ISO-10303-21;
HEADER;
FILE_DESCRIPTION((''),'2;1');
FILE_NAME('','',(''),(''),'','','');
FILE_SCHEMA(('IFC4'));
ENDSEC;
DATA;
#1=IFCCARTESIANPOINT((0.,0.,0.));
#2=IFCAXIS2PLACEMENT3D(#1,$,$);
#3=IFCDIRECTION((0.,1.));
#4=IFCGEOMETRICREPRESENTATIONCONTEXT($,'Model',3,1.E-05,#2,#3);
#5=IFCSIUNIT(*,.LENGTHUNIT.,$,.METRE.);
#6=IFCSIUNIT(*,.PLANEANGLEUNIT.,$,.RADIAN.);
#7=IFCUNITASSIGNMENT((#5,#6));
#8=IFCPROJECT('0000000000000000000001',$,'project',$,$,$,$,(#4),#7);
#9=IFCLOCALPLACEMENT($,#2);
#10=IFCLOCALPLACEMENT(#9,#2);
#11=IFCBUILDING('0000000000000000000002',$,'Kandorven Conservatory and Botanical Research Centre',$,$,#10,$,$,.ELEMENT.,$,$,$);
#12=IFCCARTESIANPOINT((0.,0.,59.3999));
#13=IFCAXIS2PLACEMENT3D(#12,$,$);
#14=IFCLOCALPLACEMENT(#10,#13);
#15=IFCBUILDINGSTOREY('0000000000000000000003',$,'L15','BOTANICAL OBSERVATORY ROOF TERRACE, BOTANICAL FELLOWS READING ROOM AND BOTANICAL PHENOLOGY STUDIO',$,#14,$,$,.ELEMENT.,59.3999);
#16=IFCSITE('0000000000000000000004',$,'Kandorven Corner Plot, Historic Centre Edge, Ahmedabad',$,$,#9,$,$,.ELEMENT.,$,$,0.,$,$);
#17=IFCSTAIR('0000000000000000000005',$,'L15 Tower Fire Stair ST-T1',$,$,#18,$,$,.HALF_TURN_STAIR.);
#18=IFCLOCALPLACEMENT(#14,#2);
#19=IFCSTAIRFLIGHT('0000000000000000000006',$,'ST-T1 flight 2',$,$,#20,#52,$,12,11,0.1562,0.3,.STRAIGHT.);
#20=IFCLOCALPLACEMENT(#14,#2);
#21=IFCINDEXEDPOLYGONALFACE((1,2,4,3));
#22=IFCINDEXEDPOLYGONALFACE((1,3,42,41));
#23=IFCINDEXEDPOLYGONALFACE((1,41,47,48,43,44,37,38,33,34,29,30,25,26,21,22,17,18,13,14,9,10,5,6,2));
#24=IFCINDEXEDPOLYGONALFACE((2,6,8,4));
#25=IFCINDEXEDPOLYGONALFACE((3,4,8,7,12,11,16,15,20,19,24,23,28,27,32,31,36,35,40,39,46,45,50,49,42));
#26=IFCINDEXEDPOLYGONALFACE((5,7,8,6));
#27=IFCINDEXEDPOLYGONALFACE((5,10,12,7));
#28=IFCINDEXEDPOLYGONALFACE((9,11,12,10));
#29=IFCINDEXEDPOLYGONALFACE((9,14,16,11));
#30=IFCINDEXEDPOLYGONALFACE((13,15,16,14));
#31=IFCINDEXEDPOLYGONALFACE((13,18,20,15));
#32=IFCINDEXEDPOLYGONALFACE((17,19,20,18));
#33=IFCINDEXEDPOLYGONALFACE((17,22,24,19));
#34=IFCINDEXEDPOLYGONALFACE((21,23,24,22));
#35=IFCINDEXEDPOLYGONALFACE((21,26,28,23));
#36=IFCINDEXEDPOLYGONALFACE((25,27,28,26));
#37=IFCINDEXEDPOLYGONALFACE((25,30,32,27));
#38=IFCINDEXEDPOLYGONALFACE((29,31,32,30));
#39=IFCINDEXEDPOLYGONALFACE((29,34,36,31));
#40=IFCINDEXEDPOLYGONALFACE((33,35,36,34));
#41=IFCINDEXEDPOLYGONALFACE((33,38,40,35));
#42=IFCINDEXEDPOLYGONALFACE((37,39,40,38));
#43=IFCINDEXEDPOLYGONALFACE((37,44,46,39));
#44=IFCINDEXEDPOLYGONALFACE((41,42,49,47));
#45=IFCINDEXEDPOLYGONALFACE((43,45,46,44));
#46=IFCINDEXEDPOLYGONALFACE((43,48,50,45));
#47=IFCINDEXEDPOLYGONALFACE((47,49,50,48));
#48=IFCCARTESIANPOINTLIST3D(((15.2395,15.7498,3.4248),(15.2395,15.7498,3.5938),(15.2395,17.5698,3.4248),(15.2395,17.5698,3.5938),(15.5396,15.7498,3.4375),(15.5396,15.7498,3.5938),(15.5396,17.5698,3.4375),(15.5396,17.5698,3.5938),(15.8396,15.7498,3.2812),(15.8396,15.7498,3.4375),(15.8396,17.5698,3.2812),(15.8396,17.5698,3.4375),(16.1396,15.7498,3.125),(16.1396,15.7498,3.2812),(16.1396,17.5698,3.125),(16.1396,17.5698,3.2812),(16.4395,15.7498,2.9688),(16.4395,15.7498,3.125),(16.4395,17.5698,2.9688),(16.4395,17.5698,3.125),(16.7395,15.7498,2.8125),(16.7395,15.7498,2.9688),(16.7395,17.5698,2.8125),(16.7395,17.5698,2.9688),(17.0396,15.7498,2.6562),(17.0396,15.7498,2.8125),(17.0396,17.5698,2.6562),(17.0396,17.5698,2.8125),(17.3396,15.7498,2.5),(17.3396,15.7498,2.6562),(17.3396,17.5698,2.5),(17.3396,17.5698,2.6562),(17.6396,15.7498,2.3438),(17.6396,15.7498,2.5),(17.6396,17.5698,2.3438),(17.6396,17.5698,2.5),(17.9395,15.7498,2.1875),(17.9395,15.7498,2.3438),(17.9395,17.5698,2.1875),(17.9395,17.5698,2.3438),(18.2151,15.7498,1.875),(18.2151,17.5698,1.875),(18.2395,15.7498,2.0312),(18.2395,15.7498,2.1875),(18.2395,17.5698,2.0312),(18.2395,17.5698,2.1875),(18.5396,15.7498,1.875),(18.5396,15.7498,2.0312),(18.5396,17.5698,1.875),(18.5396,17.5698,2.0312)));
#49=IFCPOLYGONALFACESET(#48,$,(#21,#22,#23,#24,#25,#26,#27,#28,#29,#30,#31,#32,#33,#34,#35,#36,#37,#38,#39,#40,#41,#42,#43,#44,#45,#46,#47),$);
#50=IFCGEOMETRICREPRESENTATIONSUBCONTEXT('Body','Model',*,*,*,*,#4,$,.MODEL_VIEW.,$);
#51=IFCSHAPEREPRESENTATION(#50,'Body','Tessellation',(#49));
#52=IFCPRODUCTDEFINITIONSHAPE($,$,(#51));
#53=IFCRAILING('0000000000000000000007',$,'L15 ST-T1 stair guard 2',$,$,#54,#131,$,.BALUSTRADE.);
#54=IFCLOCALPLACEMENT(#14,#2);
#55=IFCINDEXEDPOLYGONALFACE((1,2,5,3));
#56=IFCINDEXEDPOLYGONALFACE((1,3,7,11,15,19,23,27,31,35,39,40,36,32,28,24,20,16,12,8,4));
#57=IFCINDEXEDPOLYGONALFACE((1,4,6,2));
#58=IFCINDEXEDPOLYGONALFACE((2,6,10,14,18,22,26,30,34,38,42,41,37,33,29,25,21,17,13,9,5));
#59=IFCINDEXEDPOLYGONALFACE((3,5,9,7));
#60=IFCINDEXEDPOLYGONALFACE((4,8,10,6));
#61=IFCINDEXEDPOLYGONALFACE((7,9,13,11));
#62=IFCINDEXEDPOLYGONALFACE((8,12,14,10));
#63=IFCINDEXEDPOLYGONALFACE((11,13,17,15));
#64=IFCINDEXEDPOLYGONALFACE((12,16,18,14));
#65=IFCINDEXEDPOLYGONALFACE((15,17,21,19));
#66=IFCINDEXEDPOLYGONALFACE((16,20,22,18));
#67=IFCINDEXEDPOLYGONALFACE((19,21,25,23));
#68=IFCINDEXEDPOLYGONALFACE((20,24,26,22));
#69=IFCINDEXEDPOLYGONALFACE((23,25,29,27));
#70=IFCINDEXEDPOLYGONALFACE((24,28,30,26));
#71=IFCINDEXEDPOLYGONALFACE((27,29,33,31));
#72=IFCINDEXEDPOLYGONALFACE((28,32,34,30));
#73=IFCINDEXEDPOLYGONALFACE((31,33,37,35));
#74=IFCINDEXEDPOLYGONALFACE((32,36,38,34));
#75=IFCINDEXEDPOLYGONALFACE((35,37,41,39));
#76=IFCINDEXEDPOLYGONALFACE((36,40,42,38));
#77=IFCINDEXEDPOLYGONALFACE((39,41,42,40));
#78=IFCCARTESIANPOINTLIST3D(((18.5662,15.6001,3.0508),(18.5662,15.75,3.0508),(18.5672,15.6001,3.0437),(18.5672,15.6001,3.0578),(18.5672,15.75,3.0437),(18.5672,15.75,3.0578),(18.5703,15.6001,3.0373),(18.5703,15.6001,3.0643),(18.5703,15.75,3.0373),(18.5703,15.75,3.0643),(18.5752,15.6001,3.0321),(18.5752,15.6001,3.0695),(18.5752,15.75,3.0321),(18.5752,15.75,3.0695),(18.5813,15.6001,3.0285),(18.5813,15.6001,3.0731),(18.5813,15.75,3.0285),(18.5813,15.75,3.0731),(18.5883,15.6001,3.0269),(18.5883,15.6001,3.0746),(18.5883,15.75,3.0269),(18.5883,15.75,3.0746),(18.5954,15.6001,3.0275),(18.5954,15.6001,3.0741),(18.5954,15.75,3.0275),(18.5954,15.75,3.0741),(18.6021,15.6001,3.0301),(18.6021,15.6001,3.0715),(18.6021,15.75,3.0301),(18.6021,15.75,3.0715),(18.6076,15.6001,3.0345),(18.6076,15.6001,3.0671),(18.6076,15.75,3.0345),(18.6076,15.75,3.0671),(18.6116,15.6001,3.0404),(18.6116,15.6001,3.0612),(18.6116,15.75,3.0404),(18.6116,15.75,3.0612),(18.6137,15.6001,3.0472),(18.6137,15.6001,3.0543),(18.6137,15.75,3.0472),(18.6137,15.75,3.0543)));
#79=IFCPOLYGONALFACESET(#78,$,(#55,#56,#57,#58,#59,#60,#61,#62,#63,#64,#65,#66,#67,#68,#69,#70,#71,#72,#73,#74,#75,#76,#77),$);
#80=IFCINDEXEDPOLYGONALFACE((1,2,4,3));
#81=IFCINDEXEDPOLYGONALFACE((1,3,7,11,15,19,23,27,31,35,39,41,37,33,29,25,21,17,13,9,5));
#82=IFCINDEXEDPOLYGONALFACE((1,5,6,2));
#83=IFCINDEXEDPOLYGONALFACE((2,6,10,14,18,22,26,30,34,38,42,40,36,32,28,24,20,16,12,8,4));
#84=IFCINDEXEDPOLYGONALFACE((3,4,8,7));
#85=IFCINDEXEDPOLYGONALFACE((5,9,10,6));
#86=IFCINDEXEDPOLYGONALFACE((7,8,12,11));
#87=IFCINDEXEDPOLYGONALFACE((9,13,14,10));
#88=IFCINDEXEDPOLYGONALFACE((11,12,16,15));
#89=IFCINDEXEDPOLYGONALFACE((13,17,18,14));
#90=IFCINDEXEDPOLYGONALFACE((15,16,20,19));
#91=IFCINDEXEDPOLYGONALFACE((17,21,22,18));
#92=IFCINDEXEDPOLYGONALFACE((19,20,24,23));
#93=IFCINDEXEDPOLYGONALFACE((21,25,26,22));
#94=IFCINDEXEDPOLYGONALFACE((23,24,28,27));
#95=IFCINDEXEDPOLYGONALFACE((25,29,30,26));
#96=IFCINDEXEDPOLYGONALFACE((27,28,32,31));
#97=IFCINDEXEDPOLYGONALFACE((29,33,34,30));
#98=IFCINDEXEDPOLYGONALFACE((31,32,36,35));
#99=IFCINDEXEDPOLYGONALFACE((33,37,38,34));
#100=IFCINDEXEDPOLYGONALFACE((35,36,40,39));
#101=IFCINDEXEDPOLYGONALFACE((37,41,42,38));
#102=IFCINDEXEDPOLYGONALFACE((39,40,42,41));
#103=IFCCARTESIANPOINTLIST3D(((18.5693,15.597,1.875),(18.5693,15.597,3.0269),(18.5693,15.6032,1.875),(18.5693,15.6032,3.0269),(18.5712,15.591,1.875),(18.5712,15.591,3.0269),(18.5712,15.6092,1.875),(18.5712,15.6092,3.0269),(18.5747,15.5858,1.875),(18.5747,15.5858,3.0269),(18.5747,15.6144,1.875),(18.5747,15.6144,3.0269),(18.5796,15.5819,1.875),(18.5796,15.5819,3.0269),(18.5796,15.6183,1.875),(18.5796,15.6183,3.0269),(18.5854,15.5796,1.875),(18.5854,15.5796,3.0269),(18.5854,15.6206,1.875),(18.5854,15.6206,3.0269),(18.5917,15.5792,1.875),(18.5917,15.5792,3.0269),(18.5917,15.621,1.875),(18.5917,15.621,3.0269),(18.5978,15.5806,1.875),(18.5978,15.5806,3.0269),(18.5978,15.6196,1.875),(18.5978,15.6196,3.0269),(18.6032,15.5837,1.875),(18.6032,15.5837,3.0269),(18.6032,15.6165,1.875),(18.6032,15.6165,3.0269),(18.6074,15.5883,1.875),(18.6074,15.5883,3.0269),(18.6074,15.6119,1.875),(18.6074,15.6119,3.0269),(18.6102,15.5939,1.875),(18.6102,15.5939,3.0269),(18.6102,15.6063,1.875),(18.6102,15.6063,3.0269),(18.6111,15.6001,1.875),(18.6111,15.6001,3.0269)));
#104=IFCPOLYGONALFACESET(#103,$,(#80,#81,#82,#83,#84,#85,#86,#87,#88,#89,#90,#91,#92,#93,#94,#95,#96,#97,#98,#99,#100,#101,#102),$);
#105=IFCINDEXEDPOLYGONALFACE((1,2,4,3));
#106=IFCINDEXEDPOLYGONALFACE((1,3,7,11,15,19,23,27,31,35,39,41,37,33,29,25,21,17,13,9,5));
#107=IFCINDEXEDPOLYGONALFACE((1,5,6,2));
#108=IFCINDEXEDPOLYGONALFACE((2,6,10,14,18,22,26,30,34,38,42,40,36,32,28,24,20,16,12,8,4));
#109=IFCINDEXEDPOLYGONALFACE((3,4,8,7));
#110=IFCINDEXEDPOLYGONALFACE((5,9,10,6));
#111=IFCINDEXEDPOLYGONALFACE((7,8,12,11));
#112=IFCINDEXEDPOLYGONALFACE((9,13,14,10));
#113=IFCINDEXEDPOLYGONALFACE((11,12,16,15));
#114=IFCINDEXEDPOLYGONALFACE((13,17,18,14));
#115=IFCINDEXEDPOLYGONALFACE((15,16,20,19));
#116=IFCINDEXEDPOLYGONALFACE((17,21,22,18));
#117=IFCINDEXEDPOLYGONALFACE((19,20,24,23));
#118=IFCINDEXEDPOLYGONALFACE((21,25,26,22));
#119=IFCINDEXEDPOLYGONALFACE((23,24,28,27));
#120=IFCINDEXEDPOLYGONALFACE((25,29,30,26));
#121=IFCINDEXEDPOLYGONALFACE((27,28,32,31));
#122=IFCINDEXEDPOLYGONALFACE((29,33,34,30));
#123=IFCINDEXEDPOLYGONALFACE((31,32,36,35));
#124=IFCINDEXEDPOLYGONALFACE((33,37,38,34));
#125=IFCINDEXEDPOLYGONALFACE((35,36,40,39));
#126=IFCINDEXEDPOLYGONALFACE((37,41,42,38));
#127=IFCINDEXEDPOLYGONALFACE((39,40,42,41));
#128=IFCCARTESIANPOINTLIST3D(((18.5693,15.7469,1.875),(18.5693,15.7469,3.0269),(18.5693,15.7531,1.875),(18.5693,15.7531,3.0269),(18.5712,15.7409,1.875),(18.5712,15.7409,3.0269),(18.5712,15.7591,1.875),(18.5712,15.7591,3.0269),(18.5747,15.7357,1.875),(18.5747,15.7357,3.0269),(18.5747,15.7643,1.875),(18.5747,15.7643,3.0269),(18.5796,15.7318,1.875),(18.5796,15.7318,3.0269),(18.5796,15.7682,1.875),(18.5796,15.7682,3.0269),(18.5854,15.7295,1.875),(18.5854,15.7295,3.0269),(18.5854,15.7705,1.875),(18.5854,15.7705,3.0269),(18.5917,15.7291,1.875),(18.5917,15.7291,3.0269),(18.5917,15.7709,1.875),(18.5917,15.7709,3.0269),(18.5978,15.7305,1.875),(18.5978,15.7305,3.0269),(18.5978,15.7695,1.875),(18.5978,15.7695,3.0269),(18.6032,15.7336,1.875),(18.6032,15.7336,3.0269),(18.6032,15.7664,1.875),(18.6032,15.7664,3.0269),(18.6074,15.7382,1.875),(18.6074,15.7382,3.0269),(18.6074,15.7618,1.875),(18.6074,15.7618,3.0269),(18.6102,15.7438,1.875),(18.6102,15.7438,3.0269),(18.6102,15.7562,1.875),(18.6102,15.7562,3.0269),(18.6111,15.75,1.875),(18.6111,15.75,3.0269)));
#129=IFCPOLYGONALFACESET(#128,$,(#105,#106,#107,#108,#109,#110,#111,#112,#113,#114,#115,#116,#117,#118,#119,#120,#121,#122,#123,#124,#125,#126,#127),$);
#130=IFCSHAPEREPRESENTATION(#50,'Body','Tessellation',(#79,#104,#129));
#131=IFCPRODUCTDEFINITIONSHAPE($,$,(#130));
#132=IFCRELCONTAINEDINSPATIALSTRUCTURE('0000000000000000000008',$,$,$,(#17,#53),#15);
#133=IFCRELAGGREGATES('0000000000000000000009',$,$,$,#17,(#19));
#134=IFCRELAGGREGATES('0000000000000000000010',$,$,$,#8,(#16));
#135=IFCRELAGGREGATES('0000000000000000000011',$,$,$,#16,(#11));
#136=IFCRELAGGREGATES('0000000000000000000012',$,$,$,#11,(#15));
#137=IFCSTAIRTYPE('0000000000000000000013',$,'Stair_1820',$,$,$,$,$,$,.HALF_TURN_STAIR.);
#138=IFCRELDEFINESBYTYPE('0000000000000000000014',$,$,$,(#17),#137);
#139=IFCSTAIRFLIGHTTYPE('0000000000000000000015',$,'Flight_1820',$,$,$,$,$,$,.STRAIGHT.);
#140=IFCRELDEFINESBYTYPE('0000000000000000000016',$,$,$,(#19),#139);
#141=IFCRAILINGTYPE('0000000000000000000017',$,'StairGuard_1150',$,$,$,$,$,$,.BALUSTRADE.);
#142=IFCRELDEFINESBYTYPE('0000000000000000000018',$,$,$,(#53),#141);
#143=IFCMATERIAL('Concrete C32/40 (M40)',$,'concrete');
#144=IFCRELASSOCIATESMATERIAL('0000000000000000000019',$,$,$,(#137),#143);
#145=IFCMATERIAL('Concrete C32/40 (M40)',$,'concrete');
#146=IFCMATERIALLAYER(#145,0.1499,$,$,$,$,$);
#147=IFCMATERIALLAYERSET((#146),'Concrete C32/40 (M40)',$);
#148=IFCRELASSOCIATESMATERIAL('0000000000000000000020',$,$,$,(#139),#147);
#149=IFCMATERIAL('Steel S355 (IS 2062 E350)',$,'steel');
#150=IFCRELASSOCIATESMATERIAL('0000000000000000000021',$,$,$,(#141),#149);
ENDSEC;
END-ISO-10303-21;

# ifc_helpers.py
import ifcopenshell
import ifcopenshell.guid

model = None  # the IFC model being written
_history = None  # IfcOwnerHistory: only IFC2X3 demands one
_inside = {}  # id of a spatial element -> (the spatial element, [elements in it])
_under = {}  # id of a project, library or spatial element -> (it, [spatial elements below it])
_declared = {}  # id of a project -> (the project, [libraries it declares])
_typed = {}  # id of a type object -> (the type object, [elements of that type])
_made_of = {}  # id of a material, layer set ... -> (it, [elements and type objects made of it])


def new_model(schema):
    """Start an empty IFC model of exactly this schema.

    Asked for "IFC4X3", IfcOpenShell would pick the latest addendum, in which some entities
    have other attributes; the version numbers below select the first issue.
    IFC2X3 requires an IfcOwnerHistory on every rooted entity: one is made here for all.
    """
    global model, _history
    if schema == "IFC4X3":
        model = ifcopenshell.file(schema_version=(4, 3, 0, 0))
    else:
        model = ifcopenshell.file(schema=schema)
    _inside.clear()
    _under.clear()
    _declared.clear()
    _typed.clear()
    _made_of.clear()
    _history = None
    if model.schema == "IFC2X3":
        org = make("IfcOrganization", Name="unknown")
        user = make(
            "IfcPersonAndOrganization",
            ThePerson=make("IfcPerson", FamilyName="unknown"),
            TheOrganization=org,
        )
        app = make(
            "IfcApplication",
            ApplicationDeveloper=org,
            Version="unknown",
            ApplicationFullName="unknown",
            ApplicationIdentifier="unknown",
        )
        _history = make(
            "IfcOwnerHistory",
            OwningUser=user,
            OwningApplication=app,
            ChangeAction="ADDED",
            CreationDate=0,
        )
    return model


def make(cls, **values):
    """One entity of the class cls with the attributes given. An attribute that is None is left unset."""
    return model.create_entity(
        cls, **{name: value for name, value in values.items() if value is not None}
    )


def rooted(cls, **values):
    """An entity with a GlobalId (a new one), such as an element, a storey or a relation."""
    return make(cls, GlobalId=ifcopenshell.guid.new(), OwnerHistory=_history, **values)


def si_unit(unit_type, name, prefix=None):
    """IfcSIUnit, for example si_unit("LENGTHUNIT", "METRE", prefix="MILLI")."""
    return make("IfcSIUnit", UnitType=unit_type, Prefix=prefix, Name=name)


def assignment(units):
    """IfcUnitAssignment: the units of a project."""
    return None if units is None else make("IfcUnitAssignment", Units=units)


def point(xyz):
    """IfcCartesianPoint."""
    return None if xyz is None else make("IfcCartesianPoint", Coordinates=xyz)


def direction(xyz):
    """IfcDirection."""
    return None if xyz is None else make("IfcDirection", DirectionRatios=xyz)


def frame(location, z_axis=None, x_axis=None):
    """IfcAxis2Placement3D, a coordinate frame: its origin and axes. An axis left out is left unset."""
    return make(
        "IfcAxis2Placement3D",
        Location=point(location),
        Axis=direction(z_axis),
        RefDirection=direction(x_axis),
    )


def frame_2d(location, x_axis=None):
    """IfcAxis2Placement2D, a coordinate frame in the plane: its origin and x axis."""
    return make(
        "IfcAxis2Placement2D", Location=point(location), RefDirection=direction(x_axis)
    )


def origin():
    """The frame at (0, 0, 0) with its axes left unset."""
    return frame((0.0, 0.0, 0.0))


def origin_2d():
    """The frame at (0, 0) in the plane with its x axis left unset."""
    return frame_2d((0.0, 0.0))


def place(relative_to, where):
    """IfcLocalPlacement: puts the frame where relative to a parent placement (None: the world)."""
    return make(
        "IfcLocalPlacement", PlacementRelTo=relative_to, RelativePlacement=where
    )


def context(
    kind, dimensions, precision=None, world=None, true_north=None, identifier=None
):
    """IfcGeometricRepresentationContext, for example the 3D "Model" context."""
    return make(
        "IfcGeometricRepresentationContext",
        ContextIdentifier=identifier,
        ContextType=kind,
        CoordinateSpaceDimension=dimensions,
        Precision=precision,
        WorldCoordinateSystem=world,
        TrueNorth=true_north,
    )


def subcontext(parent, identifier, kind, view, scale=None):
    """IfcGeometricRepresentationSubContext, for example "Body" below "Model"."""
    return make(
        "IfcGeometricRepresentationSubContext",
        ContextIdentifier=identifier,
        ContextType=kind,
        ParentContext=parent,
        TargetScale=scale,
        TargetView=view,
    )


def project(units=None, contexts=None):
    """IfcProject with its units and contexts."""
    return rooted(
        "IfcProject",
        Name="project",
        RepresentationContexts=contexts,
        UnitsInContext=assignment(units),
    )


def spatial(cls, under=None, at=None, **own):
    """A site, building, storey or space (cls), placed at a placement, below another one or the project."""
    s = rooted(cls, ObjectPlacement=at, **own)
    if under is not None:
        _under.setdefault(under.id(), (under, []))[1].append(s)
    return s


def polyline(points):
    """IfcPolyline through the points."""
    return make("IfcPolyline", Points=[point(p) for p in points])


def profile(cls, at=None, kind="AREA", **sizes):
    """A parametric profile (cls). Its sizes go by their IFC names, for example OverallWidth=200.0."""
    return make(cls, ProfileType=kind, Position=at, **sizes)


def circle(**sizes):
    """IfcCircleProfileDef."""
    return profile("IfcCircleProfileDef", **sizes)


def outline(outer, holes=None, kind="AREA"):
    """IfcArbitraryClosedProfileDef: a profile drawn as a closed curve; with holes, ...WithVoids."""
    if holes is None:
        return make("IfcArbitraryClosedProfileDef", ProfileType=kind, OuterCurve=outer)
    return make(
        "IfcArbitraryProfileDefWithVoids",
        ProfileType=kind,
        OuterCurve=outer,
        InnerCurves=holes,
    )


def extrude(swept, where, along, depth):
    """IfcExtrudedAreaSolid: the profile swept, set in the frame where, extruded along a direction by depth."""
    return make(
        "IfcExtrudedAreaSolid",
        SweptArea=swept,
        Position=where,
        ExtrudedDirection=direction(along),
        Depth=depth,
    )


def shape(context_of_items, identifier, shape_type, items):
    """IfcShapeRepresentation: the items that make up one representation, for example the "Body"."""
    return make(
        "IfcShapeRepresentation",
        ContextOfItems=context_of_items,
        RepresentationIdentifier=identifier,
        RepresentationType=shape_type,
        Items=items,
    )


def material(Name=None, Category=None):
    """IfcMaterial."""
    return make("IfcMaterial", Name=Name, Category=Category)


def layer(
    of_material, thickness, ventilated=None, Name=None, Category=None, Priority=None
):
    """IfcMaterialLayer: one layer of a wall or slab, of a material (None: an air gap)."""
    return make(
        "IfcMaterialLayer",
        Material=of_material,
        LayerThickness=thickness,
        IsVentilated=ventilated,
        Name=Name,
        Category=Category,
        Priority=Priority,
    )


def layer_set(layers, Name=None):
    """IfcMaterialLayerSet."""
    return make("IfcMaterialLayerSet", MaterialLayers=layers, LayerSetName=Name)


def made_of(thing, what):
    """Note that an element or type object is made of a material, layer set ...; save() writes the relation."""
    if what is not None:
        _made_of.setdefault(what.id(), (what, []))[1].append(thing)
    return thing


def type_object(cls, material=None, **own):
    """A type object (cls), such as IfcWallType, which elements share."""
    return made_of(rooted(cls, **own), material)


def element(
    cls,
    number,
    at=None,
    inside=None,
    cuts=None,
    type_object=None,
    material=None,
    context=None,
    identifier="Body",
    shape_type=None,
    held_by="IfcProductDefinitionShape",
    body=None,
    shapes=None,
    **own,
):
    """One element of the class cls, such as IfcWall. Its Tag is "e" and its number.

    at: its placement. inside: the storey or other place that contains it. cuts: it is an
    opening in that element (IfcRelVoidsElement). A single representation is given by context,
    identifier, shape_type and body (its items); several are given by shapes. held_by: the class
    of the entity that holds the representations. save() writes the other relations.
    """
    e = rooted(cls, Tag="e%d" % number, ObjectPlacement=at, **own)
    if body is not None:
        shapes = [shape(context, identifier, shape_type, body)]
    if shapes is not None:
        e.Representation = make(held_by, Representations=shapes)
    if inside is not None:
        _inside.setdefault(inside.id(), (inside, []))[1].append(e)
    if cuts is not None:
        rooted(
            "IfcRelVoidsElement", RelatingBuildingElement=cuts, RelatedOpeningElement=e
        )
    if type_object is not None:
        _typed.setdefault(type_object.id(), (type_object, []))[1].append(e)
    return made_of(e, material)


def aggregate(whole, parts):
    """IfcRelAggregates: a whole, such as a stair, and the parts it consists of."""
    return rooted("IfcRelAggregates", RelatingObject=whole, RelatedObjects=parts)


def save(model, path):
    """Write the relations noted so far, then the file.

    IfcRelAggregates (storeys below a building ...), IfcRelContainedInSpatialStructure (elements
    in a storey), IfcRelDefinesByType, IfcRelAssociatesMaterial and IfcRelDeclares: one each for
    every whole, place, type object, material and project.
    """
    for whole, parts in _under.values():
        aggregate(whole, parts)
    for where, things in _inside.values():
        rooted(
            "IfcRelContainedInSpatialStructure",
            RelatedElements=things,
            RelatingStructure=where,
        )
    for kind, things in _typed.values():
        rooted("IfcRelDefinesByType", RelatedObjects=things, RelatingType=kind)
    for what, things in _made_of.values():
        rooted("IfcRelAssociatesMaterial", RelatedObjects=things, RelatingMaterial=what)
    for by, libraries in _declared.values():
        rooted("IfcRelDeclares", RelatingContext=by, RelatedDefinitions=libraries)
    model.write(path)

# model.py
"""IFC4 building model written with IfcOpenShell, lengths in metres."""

from ifc_helpers import new_model, si_unit, direction, frame, origin, origin_2d, place, context, subcontext, project, spatial, polyline, circle, outline, extrude, material, layer, layer_set, type_object, element, aggregate, save


model = new_model("IFC4")

# Units and contexts
model_context = context("Model", 3, precision=1e-05, world=origin(), true_north=direction((0.0, 1.0)))
body_context = subcontext(model_context, "Body", "Model", "MODEL_VIEW")
ifc_project = project(units=[si_unit("LENGTHUNIT", "METRE"), si_unit("PLANEANGLEUNIT", "RADIAN")], contexts=[model_context])

# Site, building, storey
site_placement = place(None, origin())
site = spatial("IfcSite", under=ifc_project, at=site_placement, Name="Kandorven Corner Plot, Historic Centre Edge, Ahmedabad", CompositionType="ELEMENT", RefElevation=0.0)
building_placement = place(site_placement, origin())
building = spatial("IfcBuilding", under=site, at=building_placement, Name="Kandorven Conservatory and Botanical Research Centre", CompositionType="ELEMENT")
storey_placement = place(building_placement, frame((0.0, 0.0, 59.3999)))
storey = spatial("IfcBuildingStorey", under=building, at=storey_placement, Name="L15", Description="BOTANICAL OBSERVATORY ROOF TERRACE, BOTANICAL FELLOWS READING ROOM AND BOTANICAL PHENOLOGY STUDIO", CompositionType="ELEMENT", Elevation=59.3999)

# Stair, stair flight
ifc_material_1 = material(Name="Concrete C32/40 (M40)", Category="concrete")
stair_type = type_object("IfcStairType", Name="Stair_1820", PredefinedType="HALF_TURN_STAIR", material=ifc_material_1)
stair_placement = place(storey_placement, origin())
stair = element("IfcStair", 1, at=stair_placement, inside=storey, type_object=stair_type, Name="L15 Tower Fire Stair ST-T1", PredefinedType="HALF_TURN_STAIR")
ifc_material_2 = material(Name="Concrete C32/40 (M40)", Category="concrete")
ifc_layer_1 = layer(ifc_material_2, 0.1499)
ifc_layer_set_1 = layer_set([ifc_layer_1], Name="Concrete C32/40 (M40)")
stair_flight_type = type_object("IfcStairFlightType", Name="Flight_1820", PredefinedType="STRAIGHT", material=ifc_layer_set_1)
stair_flight_placement = place(storey_placement, frame((18.5396, 16.6599, 1.875), z_axis=(0.0, 0.0, 1.0), x_axis=(-1.0, 0.0, 0.0)))
stair_flight = element("IfcStairFlight", 2, at=stair_flight_placement, type_object=stair_flight_type, Name="ST-T1 flight 2", NumberOfRisers=12, NumberOfTreads=11, PredefinedType="STRAIGHT", RiserHeight=0.1562, TreadLength=0.3, context=body_context, shape_type="SweptSolid", body=[
    extrude(outline(polyline([(0.0, 0.0), (0.0, 0.1562), (0.3, 0.1562), (0.3, 0.3125), (0.6001, 0.3125), (0.6001, 0.4688), (0.8999, 0.4688), (0.8999, 0.625), (1.2, 0.625), (1.2, 0.7812), (1.5, 0.7812), (1.5, 0.9375), (1.8, 0.9375), (1.8, 1.0938), (2.1001, 1.0938), (2.1001, 1.25), (2.3999, 1.25), (2.3999, 1.4062), (2.7, 1.4062), (2.7, 1.5625), (3.0, 1.5625), (3.0, 1.7188), (3.3, 1.7188), (3.3, 1.875), (3.3, 1.5498), (0.3245, 0.0), (0.0, 0.0)])), frame((0.0, 0.9102, 0.0), z_axis=(0.0, -1.0, 0.0), x_axis=(1.0, 0.0, 0.0)), (0.0, 0.0, 1.0), 1.8201),
])
aggregate(stair, [stair_flight])

# Railing
ifc_material_3 = material(Name="Steel S355 (IS 2062 E350)", Category="steel")
railing_type_1 = type_object("IfcRailingType", Name="StairGuard_1150", PredefinedType="BALUSTRADE", material=ifc_material_3)
railing_1_placement = place(storey_placement, frame((18.5901, 15.6001, 1.875)))
element("IfcRailing", 3, at=railing_1_placement, inside=storey, type_object=railing_type_1, Name="L15 ST-T1 stair guard 2", PredefinedType="BALUSTRADE", context=body_context, shape_type="SweptSolid", body=[
    extrude(circle(Radius=0.0239, at=origin_2d()), frame((0.0, 0.0, 1.1758), z_axis=(0.0, 1.0, 0.0), x_axis=(-1.0, 0.0, 0.0)), (0.0, 0.0, 1.0), 0.1499),
    extrude(circle(Radius=0.021, at=origin_2d()), origin(), (0.0, 0.0, 1.0), 1.1519),
    extrude(circle(Radius=0.021, at=origin_2d()), frame((0.0, 0.1499, 0.0)), (0.0, 0.0, 1.0), 1.1519),
])

save(model, "model.ifc")
